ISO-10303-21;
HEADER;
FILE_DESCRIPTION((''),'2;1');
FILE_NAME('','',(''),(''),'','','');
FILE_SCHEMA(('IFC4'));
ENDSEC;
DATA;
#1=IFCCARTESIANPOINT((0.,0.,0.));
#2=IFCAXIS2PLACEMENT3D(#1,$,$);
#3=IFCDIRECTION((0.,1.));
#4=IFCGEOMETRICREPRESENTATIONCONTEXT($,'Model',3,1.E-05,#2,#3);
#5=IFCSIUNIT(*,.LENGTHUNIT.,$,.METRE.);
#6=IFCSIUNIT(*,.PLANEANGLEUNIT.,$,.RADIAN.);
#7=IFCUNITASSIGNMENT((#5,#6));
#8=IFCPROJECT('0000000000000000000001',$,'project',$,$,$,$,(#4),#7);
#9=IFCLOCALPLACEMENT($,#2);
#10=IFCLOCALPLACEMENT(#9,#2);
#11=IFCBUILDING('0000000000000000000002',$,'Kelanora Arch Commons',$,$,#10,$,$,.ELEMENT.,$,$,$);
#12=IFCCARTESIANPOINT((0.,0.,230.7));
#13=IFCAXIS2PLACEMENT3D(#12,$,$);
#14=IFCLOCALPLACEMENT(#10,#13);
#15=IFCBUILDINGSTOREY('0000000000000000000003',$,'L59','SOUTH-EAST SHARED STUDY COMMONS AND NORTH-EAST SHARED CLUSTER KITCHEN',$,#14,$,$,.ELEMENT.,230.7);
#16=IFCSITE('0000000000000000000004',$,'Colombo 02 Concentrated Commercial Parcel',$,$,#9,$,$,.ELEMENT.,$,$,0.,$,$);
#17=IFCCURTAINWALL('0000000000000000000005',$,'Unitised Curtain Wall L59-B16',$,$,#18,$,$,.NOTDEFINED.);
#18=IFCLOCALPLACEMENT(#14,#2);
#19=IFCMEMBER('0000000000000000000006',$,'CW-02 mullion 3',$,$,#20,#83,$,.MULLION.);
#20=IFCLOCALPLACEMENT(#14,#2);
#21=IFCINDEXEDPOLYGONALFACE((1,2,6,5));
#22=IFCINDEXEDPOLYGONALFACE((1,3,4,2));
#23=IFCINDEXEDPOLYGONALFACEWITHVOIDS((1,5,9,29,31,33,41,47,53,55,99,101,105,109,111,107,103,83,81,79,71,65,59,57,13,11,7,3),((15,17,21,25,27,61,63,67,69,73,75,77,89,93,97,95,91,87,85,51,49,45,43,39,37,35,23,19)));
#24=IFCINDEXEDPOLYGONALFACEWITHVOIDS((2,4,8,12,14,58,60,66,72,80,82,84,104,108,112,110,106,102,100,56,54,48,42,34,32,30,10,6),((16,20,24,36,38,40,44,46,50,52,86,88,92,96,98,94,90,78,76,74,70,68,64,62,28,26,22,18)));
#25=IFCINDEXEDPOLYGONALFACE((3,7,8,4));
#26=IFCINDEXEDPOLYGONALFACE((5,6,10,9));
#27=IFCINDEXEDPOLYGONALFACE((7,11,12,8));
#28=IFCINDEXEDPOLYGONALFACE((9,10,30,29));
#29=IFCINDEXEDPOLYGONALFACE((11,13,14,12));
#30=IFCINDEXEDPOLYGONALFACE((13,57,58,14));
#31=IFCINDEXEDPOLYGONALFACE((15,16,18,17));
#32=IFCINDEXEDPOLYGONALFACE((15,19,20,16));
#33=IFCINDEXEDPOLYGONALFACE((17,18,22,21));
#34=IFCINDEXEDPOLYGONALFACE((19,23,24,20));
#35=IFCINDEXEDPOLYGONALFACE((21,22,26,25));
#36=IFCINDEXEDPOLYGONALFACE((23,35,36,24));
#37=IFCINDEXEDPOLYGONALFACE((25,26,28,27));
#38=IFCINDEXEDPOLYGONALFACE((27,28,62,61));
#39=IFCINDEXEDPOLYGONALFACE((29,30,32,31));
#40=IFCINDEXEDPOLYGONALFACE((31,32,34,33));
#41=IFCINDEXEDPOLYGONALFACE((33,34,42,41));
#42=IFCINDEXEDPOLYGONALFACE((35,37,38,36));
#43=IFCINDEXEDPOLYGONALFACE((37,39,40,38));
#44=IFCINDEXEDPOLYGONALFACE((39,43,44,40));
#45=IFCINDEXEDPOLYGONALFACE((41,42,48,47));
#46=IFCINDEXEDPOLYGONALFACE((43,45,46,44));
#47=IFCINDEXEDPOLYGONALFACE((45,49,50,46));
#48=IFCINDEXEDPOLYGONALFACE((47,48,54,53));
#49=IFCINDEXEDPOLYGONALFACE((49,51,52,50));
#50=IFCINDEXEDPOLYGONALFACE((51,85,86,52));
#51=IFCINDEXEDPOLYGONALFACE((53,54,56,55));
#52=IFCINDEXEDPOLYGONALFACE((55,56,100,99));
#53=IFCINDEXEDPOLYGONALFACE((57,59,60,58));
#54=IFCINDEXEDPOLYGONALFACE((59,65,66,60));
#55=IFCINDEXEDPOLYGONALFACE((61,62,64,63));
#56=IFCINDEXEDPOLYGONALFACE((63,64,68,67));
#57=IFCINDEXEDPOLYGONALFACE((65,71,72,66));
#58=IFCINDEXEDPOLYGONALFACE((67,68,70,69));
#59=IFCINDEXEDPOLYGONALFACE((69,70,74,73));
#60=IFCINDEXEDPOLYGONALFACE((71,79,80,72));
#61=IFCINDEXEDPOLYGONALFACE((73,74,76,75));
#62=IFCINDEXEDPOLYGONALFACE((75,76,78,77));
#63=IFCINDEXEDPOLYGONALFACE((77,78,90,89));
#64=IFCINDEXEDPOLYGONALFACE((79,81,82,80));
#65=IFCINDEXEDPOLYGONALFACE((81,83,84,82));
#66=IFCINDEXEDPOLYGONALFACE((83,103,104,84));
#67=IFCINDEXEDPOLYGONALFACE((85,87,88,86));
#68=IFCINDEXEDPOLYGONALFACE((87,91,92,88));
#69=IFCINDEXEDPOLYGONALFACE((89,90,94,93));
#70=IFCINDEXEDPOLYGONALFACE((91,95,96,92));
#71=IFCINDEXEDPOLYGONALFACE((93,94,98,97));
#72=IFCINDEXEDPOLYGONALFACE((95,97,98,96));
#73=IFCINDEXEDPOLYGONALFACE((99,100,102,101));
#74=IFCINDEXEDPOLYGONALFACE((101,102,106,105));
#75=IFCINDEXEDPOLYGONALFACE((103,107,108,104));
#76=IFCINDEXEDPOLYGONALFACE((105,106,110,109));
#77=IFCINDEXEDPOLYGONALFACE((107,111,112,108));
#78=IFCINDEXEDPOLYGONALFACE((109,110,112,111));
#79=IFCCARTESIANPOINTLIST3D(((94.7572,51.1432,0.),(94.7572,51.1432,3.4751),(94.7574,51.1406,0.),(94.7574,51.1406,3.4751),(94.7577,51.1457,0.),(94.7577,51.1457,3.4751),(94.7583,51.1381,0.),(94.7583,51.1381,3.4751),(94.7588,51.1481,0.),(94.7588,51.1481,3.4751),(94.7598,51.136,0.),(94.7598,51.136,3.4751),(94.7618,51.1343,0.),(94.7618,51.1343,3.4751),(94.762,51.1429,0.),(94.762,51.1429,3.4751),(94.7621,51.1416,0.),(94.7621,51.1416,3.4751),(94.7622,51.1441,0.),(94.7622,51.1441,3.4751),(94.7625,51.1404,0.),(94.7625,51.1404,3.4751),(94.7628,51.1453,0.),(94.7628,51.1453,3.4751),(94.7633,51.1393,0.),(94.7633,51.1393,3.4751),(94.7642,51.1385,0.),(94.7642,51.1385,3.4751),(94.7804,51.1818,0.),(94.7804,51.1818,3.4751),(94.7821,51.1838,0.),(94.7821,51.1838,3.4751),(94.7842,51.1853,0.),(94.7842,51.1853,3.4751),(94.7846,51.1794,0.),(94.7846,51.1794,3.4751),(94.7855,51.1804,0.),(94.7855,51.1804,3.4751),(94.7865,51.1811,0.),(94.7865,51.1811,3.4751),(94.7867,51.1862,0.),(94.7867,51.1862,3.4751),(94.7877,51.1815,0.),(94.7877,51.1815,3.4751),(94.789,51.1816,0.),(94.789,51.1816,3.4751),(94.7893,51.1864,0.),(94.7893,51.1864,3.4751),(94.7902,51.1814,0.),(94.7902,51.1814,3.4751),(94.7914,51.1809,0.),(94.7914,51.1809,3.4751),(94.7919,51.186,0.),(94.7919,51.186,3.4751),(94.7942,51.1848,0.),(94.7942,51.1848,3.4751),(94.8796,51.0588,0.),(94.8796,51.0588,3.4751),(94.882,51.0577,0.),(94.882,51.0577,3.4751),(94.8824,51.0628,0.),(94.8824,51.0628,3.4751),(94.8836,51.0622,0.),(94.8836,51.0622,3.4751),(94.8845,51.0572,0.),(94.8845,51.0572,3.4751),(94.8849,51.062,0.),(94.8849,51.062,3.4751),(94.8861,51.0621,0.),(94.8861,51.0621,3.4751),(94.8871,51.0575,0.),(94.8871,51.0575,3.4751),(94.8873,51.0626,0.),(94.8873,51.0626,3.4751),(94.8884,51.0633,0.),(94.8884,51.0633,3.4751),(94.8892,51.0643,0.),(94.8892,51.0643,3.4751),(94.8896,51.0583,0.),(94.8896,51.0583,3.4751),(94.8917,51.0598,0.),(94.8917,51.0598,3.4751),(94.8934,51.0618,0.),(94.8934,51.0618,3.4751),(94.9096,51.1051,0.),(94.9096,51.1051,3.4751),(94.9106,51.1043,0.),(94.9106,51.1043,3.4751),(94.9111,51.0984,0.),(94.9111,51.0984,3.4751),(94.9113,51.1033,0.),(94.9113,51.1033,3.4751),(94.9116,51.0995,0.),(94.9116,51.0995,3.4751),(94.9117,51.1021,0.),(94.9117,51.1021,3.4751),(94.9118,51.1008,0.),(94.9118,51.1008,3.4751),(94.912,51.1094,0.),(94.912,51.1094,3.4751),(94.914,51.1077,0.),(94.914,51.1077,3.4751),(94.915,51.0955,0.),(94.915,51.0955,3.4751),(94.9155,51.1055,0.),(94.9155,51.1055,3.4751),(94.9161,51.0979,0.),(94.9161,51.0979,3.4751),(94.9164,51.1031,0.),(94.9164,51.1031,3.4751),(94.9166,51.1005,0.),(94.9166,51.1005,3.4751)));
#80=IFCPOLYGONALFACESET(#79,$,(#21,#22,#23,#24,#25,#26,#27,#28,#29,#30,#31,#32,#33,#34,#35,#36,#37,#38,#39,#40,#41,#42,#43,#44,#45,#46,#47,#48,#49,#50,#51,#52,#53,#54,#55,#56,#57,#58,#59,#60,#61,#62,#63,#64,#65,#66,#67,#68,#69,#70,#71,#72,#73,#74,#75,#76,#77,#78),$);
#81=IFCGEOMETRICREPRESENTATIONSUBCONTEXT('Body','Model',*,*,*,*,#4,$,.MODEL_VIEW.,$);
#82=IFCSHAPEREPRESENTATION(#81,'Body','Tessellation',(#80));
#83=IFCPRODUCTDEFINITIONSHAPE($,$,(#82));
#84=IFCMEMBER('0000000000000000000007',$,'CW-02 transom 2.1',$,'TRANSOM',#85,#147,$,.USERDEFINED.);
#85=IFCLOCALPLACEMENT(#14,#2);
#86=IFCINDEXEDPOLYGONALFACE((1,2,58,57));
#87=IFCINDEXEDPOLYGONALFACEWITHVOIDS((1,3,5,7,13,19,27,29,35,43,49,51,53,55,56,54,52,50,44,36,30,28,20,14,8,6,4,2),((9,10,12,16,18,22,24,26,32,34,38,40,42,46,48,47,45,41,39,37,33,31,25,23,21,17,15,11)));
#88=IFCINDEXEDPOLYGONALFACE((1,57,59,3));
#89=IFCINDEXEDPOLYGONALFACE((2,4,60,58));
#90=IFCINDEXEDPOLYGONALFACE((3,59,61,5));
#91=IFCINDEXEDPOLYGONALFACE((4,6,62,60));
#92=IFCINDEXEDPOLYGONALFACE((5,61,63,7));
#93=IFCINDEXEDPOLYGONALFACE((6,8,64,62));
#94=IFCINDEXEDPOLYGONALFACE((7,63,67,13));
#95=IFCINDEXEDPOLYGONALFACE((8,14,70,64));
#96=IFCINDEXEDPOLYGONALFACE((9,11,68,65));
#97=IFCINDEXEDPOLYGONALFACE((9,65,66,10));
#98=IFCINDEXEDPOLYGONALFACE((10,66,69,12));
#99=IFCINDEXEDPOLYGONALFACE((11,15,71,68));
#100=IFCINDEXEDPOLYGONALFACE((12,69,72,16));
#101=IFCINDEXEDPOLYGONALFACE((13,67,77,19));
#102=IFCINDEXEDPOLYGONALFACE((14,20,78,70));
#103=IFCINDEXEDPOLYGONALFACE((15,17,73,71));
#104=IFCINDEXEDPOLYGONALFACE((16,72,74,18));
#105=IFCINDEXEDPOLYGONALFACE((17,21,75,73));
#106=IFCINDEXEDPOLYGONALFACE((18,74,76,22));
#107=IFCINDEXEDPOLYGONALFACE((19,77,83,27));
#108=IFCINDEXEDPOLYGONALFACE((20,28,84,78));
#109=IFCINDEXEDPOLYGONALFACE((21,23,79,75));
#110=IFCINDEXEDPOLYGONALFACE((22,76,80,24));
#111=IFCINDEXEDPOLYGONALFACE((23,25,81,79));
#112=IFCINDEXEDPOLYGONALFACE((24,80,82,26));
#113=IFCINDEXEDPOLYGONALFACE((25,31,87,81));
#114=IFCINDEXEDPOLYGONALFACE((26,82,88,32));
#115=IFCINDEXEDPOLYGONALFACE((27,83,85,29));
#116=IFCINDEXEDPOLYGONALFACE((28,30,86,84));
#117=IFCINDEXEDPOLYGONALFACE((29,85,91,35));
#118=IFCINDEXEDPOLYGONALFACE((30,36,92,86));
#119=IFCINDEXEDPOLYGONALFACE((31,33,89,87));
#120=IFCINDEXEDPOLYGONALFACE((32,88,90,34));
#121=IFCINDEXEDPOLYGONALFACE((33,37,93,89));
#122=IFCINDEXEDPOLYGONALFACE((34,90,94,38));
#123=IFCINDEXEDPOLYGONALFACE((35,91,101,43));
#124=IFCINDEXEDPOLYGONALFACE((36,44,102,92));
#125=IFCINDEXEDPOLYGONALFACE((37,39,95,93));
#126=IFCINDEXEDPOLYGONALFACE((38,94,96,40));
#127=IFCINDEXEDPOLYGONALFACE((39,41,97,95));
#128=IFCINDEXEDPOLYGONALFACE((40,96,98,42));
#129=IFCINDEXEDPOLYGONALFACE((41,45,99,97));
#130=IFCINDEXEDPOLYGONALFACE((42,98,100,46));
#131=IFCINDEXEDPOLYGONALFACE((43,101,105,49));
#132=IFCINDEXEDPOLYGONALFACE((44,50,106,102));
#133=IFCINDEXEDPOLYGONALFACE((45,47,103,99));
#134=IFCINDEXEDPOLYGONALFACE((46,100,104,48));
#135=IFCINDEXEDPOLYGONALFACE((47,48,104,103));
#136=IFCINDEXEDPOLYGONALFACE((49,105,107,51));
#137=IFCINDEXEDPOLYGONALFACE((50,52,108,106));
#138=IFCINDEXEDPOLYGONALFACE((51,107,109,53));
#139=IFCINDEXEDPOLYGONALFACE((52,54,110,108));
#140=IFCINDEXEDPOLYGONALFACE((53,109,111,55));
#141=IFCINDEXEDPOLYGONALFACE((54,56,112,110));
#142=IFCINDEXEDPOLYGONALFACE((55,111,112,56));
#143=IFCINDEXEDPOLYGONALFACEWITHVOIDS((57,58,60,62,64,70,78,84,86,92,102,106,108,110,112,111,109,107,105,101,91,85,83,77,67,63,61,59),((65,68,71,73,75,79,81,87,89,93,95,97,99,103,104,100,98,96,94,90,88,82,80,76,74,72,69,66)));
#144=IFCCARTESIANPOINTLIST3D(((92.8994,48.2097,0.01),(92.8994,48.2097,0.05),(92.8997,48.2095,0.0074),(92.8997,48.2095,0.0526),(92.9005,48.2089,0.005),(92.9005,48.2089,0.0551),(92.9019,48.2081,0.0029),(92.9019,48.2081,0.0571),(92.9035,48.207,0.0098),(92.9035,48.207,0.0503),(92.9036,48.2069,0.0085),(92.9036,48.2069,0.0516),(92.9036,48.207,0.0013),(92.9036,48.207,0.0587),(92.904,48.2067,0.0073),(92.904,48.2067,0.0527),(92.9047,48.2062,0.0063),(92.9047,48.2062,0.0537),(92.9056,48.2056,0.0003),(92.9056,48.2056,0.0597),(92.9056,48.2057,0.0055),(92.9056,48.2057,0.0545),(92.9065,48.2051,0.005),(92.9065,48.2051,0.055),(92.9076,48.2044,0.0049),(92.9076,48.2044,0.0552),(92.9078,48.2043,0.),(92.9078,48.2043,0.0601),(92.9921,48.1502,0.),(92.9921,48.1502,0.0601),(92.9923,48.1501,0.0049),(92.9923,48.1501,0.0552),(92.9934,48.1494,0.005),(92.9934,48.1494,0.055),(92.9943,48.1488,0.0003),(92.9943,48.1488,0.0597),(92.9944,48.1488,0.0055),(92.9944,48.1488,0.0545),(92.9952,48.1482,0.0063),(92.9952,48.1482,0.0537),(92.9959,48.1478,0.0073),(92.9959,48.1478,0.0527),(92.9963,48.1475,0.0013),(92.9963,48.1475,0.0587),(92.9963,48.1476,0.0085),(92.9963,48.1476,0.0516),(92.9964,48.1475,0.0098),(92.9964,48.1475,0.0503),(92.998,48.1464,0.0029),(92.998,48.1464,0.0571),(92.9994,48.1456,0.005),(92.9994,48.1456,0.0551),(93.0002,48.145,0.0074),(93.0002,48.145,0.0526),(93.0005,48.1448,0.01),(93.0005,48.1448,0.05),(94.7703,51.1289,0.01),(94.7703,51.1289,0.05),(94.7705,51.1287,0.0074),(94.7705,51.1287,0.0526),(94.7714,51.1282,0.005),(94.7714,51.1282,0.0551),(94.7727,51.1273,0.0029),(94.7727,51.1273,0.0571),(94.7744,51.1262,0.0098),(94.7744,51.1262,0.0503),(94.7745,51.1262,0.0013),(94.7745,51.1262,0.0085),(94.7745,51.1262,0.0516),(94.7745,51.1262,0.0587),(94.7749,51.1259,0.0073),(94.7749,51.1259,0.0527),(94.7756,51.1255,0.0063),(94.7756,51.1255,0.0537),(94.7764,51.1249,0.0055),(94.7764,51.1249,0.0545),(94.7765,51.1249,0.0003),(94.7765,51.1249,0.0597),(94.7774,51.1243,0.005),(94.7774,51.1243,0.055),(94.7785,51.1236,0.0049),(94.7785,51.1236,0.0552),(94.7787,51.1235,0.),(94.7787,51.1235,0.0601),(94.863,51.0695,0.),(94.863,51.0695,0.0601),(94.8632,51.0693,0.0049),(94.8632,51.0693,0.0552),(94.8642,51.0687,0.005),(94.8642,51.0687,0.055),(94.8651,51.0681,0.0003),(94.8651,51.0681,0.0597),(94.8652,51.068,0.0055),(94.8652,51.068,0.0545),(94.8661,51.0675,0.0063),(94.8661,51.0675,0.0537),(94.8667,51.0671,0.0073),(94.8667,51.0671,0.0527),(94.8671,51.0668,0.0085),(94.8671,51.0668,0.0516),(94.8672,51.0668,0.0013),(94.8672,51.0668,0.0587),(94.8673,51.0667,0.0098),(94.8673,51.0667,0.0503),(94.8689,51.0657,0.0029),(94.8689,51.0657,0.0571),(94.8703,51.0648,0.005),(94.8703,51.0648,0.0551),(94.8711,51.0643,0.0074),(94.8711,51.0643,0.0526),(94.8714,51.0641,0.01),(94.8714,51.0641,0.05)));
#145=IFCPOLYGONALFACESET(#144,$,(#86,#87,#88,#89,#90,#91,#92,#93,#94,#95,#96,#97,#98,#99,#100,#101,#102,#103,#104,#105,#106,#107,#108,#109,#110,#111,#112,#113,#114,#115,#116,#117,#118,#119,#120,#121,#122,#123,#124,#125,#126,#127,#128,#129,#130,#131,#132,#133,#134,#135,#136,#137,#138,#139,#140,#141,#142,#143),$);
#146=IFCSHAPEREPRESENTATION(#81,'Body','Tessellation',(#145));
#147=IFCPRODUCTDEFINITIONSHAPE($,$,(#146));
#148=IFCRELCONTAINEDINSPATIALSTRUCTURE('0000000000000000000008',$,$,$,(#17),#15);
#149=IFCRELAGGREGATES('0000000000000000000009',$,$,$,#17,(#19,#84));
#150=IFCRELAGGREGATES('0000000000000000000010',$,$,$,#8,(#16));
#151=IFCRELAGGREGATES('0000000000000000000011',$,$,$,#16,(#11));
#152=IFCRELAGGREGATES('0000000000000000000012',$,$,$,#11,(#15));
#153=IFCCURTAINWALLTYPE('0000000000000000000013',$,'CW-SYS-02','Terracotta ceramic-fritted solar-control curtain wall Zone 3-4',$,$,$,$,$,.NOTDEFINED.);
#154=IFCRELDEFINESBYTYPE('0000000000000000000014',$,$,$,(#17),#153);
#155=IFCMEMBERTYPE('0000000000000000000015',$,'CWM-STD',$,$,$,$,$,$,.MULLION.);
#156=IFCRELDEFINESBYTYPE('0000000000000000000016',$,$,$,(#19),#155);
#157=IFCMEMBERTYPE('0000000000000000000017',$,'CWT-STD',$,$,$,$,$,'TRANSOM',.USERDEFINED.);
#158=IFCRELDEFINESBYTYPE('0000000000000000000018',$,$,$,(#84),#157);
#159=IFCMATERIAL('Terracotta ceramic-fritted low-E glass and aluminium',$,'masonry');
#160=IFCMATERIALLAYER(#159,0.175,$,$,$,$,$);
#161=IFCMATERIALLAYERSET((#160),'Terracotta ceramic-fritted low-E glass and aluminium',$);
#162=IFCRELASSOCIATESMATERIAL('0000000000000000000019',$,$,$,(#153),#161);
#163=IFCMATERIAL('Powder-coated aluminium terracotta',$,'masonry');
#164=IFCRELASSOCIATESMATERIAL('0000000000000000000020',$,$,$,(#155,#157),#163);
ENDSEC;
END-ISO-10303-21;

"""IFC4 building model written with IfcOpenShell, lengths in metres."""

from ifc_helpers import new_model, si_unit, direction, frame, origin, origin_2d, place, context, subcontext, project, spatial, hollow_rectangle, extrude, material, layer, layer_set, material_profile, profile_set, type_object, element, aggregate, save


model = new_model("IFC4")

# Units and contexts
model_context = context("Model", 3, precision=1e-05, world=origin(), true_north=direction((0.0, 1.0)))
body_context = subcontext(model_context, "Body", "Model", "MODEL_VIEW")
ifc_project = project(units=[si_unit("LENGTHUNIT", "METRE"), si_unit("PLANEANGLEUNIT", "RADIAN")], contexts=[model_context])

# Site, building, storey
site_placement = place(None, origin())
site = spatial("IfcSite", under=ifc_project, at=site_placement, Name="Colombo 02 Concentrated Commercial Parcel", CompositionType="ELEMENT", RefElevation=0.0)
building_placement = place(site_placement, origin())
building = spatial("IfcBuilding", under=site, at=building_placement, Name="Kelanora Arch Commons", CompositionType="ELEMENT")
storey_placement = place(building_placement, frame((0.0, 0.0, 230.7)))
storey = spatial("IfcBuildingStorey", under=building, at=storey_placement, Name="L59", Description="SOUTH-EAST SHARED STUDY COMMONS AND NORTH-EAST SHARED CLUSTER KITCHEN", CompositionType="ELEMENT", Elevation=230.7)

# Curtain wall, members
ifc_material_1 = material(Name="Terracotta ceramic-fritted low-E glass and aluminium", Category="masonry")
ifc_layer_1 = layer(ifc_material_1, 0.175)
ifc_layer_set_1 = layer_set([ifc_layer_1], Name="Terracotta ceramic-fritted low-E glass and aluminium")
curtain_wall_type = type_object("IfcCurtainWallType", Name="CW-SYS-02", Description="Terracotta ceramic-fritted solar-control curtain wall Zone 3-4", PredefinedType="NOTDEFINED", material=ifc_layer_set_1)
curtain_wall_placement = place(storey_placement, origin())
curtain_wall = element("IfcCurtainWall", 1, at=curtain_wall_placement, inside=storey, type_object=curtain_wall_type, Name="Unitised Curtain Wall L59-B16", PredefinedType="NOTDEFINED")
ifc_material_2 = material(Name="Powder-coated aluminium terracotta", Category="masonry")
ifc_material_profile_1 = material_profile(ifc_material_2, hollow_rectangle(XDim=0.1599, YDim=0.0601, WallThickness=0.0049, InnerFilletRadius=0.0049, OuterFilletRadius=0.01, at=origin_2d()), Name="CWM160x60")
ifc_profile_set_1 = profile_set([ifc_material_profile_1], Name="Powder-coated aluminium terracotta")
member_type_1 = type_object("IfcMemberType", Name="CWM-STD", PredefinedType="MULLION", material=ifc_profile_set_1)
member_1_placement = place(storey_placement, frame((94.8369, 51.1218, 0.0), z_axis=(0.0, 0.0, 1.0), x_axis=(-0.841948, 0.539559, 0.0)))
member_1 = element("IfcMember", 2, at=member_1_placement, type_object=member_type_1, Name="CW-02 mullion 3", PredefinedType="MULLION", context=body_context, shape_type="SweptSolid", body=[
    extrude(hollow_rectangle(XDim=0.1599, YDim=0.0601, WallThickness=0.0049, InnerFilletRadius=0.0049, OuterFilletRadius=0.01, at=origin_2d()), origin(), (0.0, 0.0, 1.0), 3.4751),
])
ifc_material_profile_2 = material_profile(ifc_material_2, hollow_rectangle(XDim=0.1201, YDim=0.0601, WallThickness=0.0049, InnerFilletRadius=0.0049, OuterFilletRadius=0.01, at=origin_2d()), Name="CWT120x60")
ifc_profile_set_2 = profile_set([ifc_material_profile_2], Name="Powder-coated aluminium terracotta")
member_type_2 = type_object("IfcMemberType", Name="CWT-STD", ElementType="TRANSOM", PredefinedType="USERDEFINED", material=ifc_profile_set_2)
member_2_placement = place(storey_placement, frame((92.95, 48.1772, 0.03), z_axis=(0.539579, 0.841935, 0.0), x_axis=(-0.841935, 0.539579, 0.0)))
member_2 = element("IfcMember", 3, at=member_2_placement, type_object=member_type_2, Name="CW-02 transom 2.1", ObjectType="TRANSOM", PredefinedType="USERDEFINED", context=body_context, shape_type="SweptSolid", body=[
    extrude(hollow_rectangle(XDim=0.1201, YDim=0.0601, WallThickness=0.0049, InnerFilletRadius=0.0049, OuterFilletRadius=0.01, at=origin_2d()), origin(), (0.0, 0.0, 1.0), 3.4673),
])
aggregate(curtain_wall, [member_1, member_2])

save(model, "model.ifc")
